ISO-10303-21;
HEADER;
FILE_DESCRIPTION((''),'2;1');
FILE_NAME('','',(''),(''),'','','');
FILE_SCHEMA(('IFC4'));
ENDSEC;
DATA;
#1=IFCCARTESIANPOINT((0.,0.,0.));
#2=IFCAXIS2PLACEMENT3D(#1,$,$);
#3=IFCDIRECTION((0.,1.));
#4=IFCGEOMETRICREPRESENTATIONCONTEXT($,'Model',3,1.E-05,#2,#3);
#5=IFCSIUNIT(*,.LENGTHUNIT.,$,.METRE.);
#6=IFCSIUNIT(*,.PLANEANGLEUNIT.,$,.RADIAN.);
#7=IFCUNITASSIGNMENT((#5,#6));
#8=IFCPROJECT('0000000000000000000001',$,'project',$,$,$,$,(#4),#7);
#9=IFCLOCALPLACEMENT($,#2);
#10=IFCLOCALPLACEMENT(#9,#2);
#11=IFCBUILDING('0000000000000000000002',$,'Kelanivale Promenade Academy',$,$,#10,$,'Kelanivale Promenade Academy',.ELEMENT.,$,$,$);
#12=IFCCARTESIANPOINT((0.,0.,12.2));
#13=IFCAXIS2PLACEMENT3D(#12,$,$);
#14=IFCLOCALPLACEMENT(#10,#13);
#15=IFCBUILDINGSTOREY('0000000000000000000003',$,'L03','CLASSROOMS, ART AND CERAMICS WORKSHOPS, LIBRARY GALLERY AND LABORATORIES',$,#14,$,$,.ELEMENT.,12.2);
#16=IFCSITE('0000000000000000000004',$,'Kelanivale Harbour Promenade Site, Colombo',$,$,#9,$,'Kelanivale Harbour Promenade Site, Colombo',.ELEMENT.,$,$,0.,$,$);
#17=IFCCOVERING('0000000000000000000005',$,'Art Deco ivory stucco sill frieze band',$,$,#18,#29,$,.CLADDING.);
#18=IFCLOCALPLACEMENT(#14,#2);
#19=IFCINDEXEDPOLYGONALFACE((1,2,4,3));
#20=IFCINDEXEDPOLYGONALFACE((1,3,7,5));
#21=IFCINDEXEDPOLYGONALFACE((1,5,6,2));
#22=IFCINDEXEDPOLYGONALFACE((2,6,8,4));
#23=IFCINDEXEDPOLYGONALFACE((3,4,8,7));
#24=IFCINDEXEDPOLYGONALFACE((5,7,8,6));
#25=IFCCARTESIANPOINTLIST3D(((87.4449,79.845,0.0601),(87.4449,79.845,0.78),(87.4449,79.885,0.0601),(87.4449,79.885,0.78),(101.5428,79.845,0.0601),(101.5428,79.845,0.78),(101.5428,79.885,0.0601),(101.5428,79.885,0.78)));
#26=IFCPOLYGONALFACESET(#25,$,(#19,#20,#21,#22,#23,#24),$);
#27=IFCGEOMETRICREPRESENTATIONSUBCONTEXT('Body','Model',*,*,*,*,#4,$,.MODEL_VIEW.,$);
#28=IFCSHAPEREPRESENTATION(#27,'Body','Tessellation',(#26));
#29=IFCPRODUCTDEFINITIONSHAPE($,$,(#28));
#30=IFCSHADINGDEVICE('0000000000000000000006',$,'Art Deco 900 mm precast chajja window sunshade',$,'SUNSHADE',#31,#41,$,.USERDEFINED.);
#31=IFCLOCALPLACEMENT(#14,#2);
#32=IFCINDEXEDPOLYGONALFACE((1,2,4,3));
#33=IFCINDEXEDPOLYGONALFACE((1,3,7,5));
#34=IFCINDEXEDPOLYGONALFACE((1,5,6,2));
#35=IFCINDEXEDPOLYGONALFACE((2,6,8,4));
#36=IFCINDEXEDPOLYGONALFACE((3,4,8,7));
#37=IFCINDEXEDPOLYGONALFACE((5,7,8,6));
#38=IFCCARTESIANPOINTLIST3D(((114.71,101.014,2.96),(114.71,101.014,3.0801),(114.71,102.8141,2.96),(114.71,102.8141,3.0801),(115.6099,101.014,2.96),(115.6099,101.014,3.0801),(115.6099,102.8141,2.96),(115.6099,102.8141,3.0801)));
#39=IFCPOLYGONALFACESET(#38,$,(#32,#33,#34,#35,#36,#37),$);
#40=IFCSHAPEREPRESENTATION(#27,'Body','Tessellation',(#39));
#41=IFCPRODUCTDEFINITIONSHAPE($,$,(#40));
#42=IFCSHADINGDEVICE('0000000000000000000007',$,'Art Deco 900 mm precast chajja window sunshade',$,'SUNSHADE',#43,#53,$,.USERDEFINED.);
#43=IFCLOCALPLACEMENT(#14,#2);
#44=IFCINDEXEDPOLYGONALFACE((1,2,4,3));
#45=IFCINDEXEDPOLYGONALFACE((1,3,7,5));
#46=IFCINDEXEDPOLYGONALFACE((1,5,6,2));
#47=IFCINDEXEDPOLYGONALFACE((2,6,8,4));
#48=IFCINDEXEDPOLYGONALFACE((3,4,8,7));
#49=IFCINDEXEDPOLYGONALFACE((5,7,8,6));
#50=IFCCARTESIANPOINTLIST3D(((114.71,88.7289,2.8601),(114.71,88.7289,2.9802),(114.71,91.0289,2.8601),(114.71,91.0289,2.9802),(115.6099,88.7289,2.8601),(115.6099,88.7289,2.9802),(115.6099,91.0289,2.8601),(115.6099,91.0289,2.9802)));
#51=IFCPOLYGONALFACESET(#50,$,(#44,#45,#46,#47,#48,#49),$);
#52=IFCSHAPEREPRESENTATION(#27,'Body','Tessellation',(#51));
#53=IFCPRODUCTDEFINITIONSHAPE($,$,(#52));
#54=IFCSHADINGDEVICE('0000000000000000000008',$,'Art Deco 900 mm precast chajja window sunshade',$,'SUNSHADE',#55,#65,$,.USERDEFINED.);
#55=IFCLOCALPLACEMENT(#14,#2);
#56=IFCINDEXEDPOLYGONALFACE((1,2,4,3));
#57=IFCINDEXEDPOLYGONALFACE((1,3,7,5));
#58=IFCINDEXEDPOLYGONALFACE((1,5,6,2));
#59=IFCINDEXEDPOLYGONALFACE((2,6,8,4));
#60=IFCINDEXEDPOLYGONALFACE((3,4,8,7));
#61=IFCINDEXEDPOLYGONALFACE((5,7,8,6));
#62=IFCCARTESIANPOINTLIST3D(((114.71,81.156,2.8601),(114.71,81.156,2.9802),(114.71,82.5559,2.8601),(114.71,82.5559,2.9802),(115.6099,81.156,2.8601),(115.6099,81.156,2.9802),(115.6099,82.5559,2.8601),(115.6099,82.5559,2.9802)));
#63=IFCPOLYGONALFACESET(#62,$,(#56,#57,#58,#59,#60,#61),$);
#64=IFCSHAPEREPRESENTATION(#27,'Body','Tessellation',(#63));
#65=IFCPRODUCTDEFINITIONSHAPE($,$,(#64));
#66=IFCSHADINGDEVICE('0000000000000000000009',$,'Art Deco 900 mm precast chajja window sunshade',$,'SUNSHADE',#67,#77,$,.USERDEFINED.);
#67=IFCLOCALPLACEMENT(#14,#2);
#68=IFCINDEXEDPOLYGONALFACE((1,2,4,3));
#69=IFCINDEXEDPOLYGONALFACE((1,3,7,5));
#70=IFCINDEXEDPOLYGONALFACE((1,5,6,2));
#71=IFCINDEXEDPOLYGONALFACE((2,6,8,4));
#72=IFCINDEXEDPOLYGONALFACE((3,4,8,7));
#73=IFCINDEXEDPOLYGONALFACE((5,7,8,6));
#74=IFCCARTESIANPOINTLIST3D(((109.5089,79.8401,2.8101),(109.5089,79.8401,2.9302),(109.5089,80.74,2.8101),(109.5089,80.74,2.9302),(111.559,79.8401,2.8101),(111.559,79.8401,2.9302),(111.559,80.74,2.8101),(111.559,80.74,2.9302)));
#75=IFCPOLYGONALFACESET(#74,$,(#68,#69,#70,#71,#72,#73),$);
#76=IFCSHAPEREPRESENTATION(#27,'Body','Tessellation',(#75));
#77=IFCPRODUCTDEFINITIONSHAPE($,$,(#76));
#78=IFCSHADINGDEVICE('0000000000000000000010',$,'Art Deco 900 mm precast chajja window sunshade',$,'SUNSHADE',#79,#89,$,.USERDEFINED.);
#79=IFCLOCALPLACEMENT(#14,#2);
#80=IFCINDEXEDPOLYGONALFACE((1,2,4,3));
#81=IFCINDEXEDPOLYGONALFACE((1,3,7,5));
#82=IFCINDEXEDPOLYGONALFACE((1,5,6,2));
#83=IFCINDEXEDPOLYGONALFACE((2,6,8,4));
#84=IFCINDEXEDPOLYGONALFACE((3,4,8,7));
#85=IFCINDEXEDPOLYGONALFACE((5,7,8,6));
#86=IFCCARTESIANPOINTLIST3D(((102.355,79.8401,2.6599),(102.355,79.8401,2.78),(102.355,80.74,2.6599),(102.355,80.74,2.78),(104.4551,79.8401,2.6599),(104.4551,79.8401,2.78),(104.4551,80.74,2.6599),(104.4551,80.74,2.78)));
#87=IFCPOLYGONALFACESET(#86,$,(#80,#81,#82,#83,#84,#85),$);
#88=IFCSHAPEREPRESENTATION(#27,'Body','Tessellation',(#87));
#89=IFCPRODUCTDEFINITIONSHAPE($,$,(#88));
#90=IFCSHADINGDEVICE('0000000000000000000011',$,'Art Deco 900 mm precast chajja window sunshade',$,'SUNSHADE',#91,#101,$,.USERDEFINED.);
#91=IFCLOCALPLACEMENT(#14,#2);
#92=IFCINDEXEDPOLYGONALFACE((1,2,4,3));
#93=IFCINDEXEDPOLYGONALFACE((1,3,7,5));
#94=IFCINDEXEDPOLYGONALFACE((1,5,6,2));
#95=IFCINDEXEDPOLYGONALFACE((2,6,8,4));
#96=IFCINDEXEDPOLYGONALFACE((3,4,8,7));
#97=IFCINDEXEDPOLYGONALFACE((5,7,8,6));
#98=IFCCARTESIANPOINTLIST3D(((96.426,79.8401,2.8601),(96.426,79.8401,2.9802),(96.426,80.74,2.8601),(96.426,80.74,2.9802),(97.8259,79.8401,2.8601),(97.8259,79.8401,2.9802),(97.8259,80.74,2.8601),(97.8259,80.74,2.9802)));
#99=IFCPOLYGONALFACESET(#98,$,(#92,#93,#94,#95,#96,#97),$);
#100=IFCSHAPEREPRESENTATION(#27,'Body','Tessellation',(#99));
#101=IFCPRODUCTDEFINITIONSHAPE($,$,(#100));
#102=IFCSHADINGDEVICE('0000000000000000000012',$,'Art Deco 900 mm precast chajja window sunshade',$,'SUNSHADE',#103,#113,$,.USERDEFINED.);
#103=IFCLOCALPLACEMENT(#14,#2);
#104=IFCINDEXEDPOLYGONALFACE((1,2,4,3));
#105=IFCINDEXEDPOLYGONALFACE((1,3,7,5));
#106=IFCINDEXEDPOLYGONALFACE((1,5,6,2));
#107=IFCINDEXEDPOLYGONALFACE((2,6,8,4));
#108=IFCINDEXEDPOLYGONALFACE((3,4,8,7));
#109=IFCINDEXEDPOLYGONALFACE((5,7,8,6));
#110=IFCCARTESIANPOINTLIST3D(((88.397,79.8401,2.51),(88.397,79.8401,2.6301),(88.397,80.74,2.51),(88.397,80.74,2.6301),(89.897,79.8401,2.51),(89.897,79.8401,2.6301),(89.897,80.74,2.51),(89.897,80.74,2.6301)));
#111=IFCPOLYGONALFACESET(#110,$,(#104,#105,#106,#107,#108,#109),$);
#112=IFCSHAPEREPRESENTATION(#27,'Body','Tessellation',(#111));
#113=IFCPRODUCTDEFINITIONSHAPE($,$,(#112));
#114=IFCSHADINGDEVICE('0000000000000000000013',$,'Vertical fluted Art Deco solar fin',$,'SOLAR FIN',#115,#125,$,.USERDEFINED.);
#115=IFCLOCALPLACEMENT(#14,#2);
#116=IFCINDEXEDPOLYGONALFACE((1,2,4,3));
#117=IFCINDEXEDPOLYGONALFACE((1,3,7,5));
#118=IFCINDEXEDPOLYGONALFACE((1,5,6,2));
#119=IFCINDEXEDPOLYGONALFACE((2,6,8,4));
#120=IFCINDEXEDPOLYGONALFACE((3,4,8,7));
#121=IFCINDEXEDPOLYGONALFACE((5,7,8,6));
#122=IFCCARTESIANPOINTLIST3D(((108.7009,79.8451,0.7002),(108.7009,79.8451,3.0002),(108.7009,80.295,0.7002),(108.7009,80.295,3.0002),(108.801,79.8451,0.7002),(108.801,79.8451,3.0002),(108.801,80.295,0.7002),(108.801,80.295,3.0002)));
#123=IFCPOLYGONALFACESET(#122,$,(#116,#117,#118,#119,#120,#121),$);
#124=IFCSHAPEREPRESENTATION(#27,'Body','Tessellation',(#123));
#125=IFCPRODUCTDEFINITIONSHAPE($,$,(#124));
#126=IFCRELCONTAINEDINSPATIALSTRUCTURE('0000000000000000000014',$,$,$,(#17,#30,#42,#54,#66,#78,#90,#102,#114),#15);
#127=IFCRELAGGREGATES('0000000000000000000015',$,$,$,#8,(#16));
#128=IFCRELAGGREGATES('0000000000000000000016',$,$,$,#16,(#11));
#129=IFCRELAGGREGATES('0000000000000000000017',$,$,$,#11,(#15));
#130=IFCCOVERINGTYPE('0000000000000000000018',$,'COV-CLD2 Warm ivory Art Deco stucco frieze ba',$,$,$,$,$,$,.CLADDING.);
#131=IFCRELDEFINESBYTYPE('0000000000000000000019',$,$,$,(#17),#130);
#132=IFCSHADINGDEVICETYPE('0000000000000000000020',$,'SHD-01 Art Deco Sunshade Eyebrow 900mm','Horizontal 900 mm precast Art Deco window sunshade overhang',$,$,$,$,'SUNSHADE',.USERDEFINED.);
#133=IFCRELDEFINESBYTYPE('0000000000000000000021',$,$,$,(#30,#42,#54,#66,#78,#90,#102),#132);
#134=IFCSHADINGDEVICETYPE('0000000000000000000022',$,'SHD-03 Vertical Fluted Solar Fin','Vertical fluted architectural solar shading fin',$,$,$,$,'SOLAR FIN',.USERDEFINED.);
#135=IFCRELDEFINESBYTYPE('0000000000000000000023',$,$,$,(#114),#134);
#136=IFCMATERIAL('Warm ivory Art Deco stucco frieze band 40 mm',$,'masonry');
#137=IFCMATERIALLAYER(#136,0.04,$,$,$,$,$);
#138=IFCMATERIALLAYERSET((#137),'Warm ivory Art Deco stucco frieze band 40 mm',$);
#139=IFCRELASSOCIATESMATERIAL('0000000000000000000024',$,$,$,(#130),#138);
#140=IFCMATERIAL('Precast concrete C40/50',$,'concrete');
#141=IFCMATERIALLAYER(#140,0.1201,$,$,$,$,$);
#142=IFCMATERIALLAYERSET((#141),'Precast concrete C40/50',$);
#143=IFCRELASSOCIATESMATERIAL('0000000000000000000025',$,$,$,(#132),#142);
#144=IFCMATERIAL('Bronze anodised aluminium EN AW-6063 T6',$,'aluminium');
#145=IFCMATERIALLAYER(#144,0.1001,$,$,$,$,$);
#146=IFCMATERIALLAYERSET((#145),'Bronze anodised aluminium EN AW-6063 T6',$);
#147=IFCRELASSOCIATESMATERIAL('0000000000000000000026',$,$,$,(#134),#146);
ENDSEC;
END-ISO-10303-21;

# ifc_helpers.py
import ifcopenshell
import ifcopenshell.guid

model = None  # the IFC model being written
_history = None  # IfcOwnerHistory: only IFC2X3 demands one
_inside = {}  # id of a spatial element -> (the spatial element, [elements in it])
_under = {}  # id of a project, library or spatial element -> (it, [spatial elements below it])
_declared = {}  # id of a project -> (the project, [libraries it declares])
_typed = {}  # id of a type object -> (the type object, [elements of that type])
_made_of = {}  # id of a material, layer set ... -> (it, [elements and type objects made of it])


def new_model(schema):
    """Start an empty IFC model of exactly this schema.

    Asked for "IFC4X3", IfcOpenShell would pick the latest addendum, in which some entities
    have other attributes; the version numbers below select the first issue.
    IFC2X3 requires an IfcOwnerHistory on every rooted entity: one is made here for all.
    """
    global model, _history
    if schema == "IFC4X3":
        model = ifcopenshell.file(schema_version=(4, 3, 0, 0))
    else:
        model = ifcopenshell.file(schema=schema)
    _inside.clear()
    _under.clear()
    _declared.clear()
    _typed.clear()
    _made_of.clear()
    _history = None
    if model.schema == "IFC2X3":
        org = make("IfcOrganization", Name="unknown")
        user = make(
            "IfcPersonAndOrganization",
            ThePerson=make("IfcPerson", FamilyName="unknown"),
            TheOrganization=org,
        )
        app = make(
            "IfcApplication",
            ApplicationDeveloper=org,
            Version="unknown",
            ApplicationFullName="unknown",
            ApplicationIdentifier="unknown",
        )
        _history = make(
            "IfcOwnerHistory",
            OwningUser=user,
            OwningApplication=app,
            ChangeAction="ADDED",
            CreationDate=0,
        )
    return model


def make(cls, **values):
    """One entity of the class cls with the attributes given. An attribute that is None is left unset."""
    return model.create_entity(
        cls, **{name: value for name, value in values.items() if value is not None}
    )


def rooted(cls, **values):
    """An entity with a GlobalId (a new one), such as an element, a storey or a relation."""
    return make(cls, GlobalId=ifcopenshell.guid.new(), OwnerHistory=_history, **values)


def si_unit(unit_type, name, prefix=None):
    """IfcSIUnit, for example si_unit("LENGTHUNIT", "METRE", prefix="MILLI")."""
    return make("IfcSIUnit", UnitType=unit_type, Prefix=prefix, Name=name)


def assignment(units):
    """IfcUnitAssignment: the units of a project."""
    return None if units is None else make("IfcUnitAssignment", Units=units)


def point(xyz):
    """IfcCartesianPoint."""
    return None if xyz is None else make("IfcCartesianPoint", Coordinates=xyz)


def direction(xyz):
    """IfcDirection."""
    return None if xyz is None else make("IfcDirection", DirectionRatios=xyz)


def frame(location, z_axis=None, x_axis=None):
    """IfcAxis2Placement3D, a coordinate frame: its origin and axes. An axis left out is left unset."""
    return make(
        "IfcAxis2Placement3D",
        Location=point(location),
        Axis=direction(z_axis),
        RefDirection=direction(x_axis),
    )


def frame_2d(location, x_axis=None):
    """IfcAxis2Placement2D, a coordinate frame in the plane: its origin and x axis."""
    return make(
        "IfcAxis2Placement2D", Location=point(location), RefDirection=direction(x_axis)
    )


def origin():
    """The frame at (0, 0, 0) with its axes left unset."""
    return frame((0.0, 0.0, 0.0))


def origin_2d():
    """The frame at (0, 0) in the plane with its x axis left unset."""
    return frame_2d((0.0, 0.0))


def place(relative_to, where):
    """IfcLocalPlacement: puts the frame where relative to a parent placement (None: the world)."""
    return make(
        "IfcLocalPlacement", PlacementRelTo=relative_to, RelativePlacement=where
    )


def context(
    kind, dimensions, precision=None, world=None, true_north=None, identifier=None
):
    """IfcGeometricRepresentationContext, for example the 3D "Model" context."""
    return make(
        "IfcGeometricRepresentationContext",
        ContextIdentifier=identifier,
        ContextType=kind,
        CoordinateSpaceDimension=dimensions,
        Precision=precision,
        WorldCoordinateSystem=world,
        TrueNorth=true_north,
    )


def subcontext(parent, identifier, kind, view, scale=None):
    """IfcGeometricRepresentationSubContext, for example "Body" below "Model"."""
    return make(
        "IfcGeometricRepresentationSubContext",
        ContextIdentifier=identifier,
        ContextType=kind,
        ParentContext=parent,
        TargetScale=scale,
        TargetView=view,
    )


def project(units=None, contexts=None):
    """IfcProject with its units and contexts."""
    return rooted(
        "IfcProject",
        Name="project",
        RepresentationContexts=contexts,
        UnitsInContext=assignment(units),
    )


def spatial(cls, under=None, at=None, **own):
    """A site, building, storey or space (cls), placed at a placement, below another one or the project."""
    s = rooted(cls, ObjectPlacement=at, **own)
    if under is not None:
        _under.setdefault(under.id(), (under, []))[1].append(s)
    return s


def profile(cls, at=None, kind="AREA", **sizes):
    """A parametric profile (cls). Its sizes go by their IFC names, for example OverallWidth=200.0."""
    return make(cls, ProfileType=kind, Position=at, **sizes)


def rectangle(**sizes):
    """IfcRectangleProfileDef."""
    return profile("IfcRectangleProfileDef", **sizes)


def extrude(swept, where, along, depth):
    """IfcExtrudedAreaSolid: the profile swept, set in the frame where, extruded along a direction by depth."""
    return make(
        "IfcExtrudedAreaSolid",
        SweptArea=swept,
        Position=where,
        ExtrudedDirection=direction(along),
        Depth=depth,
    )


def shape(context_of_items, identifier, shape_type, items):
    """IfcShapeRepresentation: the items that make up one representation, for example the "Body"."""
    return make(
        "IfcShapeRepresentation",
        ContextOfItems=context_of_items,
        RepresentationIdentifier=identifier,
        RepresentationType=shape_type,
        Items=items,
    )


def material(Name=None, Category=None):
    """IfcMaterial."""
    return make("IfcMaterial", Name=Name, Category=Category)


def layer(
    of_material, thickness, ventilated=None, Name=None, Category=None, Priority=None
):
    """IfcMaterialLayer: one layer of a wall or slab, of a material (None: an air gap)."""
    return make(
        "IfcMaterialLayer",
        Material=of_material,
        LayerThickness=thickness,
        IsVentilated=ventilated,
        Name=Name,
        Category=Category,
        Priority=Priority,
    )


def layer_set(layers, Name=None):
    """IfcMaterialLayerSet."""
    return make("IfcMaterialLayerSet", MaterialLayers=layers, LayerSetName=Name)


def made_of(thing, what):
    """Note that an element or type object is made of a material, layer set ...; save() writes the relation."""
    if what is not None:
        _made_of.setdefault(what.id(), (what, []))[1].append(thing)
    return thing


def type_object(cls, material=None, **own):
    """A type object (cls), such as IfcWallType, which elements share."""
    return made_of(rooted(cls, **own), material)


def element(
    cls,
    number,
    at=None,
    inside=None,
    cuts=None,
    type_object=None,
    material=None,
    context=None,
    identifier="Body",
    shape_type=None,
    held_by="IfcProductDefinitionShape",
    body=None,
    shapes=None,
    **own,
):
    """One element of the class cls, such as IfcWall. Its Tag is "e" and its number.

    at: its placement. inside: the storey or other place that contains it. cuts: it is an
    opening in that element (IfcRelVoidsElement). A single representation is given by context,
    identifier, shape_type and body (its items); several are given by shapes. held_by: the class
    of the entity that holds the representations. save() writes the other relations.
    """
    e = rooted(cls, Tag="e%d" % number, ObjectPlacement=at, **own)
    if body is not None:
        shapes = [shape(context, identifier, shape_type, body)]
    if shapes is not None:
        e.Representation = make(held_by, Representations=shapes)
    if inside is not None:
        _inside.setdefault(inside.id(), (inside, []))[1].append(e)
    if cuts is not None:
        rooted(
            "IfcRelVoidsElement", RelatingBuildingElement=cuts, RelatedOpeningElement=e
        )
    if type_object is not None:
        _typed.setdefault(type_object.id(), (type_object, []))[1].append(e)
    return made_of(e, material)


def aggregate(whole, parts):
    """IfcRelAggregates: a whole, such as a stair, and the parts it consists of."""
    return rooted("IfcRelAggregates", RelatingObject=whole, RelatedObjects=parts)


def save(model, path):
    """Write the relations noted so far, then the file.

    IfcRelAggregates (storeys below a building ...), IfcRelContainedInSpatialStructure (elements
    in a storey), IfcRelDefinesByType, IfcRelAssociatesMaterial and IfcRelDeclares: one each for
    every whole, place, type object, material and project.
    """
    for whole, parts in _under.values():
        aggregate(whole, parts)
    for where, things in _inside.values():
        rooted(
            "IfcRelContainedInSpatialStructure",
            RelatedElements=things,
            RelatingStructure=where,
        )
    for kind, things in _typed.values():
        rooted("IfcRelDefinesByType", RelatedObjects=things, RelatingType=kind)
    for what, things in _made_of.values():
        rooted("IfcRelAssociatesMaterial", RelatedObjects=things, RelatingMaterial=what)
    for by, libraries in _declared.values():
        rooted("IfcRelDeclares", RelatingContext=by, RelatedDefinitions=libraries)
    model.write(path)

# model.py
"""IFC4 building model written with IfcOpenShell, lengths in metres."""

from ifc_helpers import new_model, si_unit, direction, frame, origin, origin_2d, place, context, subcontext, project, spatial, rectangle, extrude, material, layer, layer_set, type_object, element, save


model = new_model("IFC4")

# Units and contexts
model_context = context("Model", 3, precision=1e-05, world=origin(), true_north=direction((0.0, 1.0)))
body_context = subcontext(model_context, "Body", "Model", "MODEL_VIEW")
ifc_project = project(units=[si_unit("LENGTHUNIT", "METRE"), si_unit("PLANEANGLEUNIT", "RADIAN")], contexts=[model_context])

# Site, building, storey
site_placement = place(None, origin())
site = spatial("IfcSite", under=ifc_project, at=site_placement, Name="Kelanivale Harbour Promenade Site, Colombo", LongName="Kelanivale Harbour Promenade Site, Colombo", CompositionType="ELEMENT", RefElevation=0.0)
building_placement = place(site_placement, origin())
building = spatial("IfcBuilding", under=site, at=building_placement, Name="Kelanivale Promenade Academy", LongName="Kelanivale Promenade Academy", CompositionType="ELEMENT")
storey_placement = place(building_placement, frame((0.0, 0.0, 12.2)))
storey = spatial("IfcBuildingStorey", under=building, at=storey_placement, Name="L03", Description="CLASSROOMS, ART AND CERAMICS WORKSHOPS, LIBRARY GALLERY AND LABORATORIES", CompositionType="ELEMENT", Elevation=12.2)

# Covering
ifc_material_1 = material(Name="Warm ivory Art Deco stucco frieze band 40 mm", Category="masonry")
ifc_layer_1 = layer(ifc_material_1, 0.04)
ifc_layer_set_1 = layer_set([ifc_layer_1], Name="Warm ivory Art Deco stucco frieze band 40 mm")
covering_type = type_object("IfcCoveringType", Name="COV-CLD2 Warm ivory Art Deco stucco frieze ba", PredefinedType="CLADDING", material=ifc_layer_set_1)
covering_1_placement = place(storey_placement, frame((94.4939, 79.865, 0.0601), z_axis=(0.0, 0.0, 1.0), x_axis=(-1.0, 0.0, 0.0)))
element("IfcCovering", 1, at=covering_1_placement, inside=storey, type_object=covering_type, Name="Art Deco ivory stucco sill frieze band", PredefinedType="CLADDING", context=body_context, shape_type="SweptSolid", body=[
    extrude(rectangle(XDim=14.0979, YDim=0.04, at=origin_2d()), origin(), (0.0, 0.0, 1.0), 0.72),
])

# Shading devices
ifc_material_2 = material(Name="Precast concrete C40/50", Category="concrete")
ifc_layer_2 = layer(ifc_material_2, 0.1201)
ifc_layer_set_2 = layer_set([ifc_layer_2], Name="Precast concrete C40/50")
shading_device_type_1 = type_object("IfcShadingDeviceType", Name="SHD-01 Art Deco Sunshade Eyebrow 900mm", Description="Horizontal 900 mm precast Art Deco window sunshade overhang", ElementType="SUNSHADE", PredefinedType="USERDEFINED", material=ifc_layer_set_2)
shading_device_1_placement = place(storey_placement, frame((115.1599, 101.9141, 2.96), z_axis=(0.0, 0.0, 1.0), x_axis=(0.0, -1.0, 0.0)))
element("IfcShadingDevice", 2, at=shading_device_1_placement, inside=storey, type_object=shading_device_type_1, Name="Art Deco 900 mm precast chajja window sunshade", ObjectType="SUNSHADE", PredefinedType="USERDEFINED", context=body_context, shape_type="SweptSolid", body=[
    extrude(rectangle(XDim=1.8, YDim=0.8999, at=origin_2d()), origin(), (0.0, 0.0, 1.0), 0.1201),
])
shading_device_2_placement = place(storey_placement, frame((115.1599, 89.8789, 2.8601), z_axis=(0.0, 0.0, 1.0), x_axis=(0.0, -1.0, 0.0)))
element("IfcShadingDevice", 3, at=shading_device_2_placement, inside=storey, type_object=shading_device_type_1, Name="Art Deco 900 mm precast chajja window sunshade", ObjectType="SUNSHADE", PredefinedType="USERDEFINED", context=body_context, shape_type="SweptSolid", body=[
    extrude(rectangle(XDim=2.3, YDim=0.8999, at=origin_2d()), origin(), (0.0, 0.0, 1.0), 0.1201),
])
shading_device_3_placement = place(storey_placement, frame((115.1599, 81.856, 2.8601), z_axis=(0.0, 0.0, 1.0), x_axis=(0.0, -1.0, 0.0)))
element("IfcShadingDevice", 4, at=shading_device_3_placement, inside=storey, type_object=shading_device_type_1, Name="Art Deco 900 mm precast chajja window sunshade", ObjectType="SUNSHADE", PredefinedType="USERDEFINED", context=body_context, shape_type="SweptSolid", body=[
    extrude(rectangle(XDim=1.3999, YDim=0.8999, at=origin_2d()), origin(), (0.0, 0.0, 1.0), 0.1201),
])
shading_device_4_placement = place(storey_placement, frame((110.5339, 80.29, 2.8101), z_axis=(0.0, 0.0, 1.0), x_axis=(-1.0, 0.0, 0.0)))
element("IfcShadingDevice", 5, at=shading_device_4_placement, inside=storey, type_object=shading_device_type_1, Name="Art Deco 900 mm precast chajja window sunshade", ObjectType="SUNSHADE", PredefinedType="USERDEFINED", context=body_context, shape_type="SweptSolid", body=[
    extrude(rectangle(XDim=2.05, YDim=0.8999, at=origin_2d()), origin(), (0.0, 0.0, 1.0), 0.1201),
])
shading_device_5_placement = place(storey_placement, frame((103.405, 80.29, 2.6599), z_axis=(0.0, 0.0, 1.0), x_axis=(-1.0, 0.0, 0.0)))
element("IfcShadingDevice", 6, at=shading_device_5_placement, inside=storey, type_object=shading_device_type_1, Name="Art Deco 900 mm precast chajja window sunshade", ObjectType="SUNSHADE", PredefinedType="USERDEFINED", context=body_context, shape_type="SweptSolid", body=[
    extrude(rectangle(XDim=2.1001, YDim=0.8999, at=origin_2d()), origin(), (0.0, 0.0, 1.0), 0.1201),
])
shading_device_6_placement = place(storey_placement, frame((97.126, 80.29, 2.8601), z_axis=(0.0, 0.0, 1.0), x_axis=(-1.0, 0.0, 0.0)))
element("IfcShadingDevice", 7, at=shading_device_6_placement, inside=storey, type_object=shading_device_type_1, Name="Art Deco 900 mm precast chajja window sunshade", ObjectType="SUNSHADE", PredefinedType="USERDEFINED", context=body_context, shape_type="SweptSolid", body=[
    extrude(rectangle(XDim=1.3999, YDim=0.8999, at=origin_2d()), origin(), (0.0, 0.0, 1.0), 0.1201),
])
shading_device_7_placement = place(storey_placement, frame((89.147, 80.29, 2.51), z_axis=(0.0, 0.0, 1.0), x_axis=(-1.0, 0.0, 0.0)))
element("IfcShadingDevice", 8, at=shading_device_7_placement, inside=storey, type_object=shading_device_type_1, Name="Art Deco 900 mm precast chajja window sunshade", ObjectType="SUNSHADE", PredefinedType="USERDEFINED", context=body_context, shape_type="SweptSolid", body=[
    extrude(rectangle(XDim=1.5, YDim=0.8999, at=origin_2d()), origin(), (0.0, 0.0, 1.0), 0.1201),
])
ifc_material_3 = material(Name="Bronze anodised aluminium EN AW-6063 T6", Category="aluminium")
ifc_layer_3 = layer(ifc_material_3, 0.1001)
ifc_layer_set_3 = layer_set([ifc_layer_3], Name="Bronze anodised aluminium EN AW-6063 T6")
shading_device_type_2 = type_object("IfcShadingDeviceType", Name="SHD-03 Vertical Fluted Solar Fin", Description="Vertical fluted architectural solar shading fin", ElementType="SOLAR FIN", PredefinedType="USERDEFINED", material=ifc_layer_set_3)
shading_device_8_placement = place(storey_placement, frame((108.751, 80.0701, 0.7002), z_axis=(0.0, 0.0, 1.0), x_axis=(-1.0, 0.0, 0.0)))
element("IfcShadingDevice", 9, at=shading_device_8_placement, inside=storey, type_object=shading_device_type_2, Name="Vertical fluted Art Deco solar fin", ObjectType="SOLAR FIN", PredefinedType="USERDEFINED", context=body_context, shape_type="SweptSolid", body=[
    extrude(rectangle(XDim=0.1001, YDim=0.45, at=origin_2d()), origin(), (0.0, 0.0, 1.0), 2.3),
])

save(model, "model.ifc")
